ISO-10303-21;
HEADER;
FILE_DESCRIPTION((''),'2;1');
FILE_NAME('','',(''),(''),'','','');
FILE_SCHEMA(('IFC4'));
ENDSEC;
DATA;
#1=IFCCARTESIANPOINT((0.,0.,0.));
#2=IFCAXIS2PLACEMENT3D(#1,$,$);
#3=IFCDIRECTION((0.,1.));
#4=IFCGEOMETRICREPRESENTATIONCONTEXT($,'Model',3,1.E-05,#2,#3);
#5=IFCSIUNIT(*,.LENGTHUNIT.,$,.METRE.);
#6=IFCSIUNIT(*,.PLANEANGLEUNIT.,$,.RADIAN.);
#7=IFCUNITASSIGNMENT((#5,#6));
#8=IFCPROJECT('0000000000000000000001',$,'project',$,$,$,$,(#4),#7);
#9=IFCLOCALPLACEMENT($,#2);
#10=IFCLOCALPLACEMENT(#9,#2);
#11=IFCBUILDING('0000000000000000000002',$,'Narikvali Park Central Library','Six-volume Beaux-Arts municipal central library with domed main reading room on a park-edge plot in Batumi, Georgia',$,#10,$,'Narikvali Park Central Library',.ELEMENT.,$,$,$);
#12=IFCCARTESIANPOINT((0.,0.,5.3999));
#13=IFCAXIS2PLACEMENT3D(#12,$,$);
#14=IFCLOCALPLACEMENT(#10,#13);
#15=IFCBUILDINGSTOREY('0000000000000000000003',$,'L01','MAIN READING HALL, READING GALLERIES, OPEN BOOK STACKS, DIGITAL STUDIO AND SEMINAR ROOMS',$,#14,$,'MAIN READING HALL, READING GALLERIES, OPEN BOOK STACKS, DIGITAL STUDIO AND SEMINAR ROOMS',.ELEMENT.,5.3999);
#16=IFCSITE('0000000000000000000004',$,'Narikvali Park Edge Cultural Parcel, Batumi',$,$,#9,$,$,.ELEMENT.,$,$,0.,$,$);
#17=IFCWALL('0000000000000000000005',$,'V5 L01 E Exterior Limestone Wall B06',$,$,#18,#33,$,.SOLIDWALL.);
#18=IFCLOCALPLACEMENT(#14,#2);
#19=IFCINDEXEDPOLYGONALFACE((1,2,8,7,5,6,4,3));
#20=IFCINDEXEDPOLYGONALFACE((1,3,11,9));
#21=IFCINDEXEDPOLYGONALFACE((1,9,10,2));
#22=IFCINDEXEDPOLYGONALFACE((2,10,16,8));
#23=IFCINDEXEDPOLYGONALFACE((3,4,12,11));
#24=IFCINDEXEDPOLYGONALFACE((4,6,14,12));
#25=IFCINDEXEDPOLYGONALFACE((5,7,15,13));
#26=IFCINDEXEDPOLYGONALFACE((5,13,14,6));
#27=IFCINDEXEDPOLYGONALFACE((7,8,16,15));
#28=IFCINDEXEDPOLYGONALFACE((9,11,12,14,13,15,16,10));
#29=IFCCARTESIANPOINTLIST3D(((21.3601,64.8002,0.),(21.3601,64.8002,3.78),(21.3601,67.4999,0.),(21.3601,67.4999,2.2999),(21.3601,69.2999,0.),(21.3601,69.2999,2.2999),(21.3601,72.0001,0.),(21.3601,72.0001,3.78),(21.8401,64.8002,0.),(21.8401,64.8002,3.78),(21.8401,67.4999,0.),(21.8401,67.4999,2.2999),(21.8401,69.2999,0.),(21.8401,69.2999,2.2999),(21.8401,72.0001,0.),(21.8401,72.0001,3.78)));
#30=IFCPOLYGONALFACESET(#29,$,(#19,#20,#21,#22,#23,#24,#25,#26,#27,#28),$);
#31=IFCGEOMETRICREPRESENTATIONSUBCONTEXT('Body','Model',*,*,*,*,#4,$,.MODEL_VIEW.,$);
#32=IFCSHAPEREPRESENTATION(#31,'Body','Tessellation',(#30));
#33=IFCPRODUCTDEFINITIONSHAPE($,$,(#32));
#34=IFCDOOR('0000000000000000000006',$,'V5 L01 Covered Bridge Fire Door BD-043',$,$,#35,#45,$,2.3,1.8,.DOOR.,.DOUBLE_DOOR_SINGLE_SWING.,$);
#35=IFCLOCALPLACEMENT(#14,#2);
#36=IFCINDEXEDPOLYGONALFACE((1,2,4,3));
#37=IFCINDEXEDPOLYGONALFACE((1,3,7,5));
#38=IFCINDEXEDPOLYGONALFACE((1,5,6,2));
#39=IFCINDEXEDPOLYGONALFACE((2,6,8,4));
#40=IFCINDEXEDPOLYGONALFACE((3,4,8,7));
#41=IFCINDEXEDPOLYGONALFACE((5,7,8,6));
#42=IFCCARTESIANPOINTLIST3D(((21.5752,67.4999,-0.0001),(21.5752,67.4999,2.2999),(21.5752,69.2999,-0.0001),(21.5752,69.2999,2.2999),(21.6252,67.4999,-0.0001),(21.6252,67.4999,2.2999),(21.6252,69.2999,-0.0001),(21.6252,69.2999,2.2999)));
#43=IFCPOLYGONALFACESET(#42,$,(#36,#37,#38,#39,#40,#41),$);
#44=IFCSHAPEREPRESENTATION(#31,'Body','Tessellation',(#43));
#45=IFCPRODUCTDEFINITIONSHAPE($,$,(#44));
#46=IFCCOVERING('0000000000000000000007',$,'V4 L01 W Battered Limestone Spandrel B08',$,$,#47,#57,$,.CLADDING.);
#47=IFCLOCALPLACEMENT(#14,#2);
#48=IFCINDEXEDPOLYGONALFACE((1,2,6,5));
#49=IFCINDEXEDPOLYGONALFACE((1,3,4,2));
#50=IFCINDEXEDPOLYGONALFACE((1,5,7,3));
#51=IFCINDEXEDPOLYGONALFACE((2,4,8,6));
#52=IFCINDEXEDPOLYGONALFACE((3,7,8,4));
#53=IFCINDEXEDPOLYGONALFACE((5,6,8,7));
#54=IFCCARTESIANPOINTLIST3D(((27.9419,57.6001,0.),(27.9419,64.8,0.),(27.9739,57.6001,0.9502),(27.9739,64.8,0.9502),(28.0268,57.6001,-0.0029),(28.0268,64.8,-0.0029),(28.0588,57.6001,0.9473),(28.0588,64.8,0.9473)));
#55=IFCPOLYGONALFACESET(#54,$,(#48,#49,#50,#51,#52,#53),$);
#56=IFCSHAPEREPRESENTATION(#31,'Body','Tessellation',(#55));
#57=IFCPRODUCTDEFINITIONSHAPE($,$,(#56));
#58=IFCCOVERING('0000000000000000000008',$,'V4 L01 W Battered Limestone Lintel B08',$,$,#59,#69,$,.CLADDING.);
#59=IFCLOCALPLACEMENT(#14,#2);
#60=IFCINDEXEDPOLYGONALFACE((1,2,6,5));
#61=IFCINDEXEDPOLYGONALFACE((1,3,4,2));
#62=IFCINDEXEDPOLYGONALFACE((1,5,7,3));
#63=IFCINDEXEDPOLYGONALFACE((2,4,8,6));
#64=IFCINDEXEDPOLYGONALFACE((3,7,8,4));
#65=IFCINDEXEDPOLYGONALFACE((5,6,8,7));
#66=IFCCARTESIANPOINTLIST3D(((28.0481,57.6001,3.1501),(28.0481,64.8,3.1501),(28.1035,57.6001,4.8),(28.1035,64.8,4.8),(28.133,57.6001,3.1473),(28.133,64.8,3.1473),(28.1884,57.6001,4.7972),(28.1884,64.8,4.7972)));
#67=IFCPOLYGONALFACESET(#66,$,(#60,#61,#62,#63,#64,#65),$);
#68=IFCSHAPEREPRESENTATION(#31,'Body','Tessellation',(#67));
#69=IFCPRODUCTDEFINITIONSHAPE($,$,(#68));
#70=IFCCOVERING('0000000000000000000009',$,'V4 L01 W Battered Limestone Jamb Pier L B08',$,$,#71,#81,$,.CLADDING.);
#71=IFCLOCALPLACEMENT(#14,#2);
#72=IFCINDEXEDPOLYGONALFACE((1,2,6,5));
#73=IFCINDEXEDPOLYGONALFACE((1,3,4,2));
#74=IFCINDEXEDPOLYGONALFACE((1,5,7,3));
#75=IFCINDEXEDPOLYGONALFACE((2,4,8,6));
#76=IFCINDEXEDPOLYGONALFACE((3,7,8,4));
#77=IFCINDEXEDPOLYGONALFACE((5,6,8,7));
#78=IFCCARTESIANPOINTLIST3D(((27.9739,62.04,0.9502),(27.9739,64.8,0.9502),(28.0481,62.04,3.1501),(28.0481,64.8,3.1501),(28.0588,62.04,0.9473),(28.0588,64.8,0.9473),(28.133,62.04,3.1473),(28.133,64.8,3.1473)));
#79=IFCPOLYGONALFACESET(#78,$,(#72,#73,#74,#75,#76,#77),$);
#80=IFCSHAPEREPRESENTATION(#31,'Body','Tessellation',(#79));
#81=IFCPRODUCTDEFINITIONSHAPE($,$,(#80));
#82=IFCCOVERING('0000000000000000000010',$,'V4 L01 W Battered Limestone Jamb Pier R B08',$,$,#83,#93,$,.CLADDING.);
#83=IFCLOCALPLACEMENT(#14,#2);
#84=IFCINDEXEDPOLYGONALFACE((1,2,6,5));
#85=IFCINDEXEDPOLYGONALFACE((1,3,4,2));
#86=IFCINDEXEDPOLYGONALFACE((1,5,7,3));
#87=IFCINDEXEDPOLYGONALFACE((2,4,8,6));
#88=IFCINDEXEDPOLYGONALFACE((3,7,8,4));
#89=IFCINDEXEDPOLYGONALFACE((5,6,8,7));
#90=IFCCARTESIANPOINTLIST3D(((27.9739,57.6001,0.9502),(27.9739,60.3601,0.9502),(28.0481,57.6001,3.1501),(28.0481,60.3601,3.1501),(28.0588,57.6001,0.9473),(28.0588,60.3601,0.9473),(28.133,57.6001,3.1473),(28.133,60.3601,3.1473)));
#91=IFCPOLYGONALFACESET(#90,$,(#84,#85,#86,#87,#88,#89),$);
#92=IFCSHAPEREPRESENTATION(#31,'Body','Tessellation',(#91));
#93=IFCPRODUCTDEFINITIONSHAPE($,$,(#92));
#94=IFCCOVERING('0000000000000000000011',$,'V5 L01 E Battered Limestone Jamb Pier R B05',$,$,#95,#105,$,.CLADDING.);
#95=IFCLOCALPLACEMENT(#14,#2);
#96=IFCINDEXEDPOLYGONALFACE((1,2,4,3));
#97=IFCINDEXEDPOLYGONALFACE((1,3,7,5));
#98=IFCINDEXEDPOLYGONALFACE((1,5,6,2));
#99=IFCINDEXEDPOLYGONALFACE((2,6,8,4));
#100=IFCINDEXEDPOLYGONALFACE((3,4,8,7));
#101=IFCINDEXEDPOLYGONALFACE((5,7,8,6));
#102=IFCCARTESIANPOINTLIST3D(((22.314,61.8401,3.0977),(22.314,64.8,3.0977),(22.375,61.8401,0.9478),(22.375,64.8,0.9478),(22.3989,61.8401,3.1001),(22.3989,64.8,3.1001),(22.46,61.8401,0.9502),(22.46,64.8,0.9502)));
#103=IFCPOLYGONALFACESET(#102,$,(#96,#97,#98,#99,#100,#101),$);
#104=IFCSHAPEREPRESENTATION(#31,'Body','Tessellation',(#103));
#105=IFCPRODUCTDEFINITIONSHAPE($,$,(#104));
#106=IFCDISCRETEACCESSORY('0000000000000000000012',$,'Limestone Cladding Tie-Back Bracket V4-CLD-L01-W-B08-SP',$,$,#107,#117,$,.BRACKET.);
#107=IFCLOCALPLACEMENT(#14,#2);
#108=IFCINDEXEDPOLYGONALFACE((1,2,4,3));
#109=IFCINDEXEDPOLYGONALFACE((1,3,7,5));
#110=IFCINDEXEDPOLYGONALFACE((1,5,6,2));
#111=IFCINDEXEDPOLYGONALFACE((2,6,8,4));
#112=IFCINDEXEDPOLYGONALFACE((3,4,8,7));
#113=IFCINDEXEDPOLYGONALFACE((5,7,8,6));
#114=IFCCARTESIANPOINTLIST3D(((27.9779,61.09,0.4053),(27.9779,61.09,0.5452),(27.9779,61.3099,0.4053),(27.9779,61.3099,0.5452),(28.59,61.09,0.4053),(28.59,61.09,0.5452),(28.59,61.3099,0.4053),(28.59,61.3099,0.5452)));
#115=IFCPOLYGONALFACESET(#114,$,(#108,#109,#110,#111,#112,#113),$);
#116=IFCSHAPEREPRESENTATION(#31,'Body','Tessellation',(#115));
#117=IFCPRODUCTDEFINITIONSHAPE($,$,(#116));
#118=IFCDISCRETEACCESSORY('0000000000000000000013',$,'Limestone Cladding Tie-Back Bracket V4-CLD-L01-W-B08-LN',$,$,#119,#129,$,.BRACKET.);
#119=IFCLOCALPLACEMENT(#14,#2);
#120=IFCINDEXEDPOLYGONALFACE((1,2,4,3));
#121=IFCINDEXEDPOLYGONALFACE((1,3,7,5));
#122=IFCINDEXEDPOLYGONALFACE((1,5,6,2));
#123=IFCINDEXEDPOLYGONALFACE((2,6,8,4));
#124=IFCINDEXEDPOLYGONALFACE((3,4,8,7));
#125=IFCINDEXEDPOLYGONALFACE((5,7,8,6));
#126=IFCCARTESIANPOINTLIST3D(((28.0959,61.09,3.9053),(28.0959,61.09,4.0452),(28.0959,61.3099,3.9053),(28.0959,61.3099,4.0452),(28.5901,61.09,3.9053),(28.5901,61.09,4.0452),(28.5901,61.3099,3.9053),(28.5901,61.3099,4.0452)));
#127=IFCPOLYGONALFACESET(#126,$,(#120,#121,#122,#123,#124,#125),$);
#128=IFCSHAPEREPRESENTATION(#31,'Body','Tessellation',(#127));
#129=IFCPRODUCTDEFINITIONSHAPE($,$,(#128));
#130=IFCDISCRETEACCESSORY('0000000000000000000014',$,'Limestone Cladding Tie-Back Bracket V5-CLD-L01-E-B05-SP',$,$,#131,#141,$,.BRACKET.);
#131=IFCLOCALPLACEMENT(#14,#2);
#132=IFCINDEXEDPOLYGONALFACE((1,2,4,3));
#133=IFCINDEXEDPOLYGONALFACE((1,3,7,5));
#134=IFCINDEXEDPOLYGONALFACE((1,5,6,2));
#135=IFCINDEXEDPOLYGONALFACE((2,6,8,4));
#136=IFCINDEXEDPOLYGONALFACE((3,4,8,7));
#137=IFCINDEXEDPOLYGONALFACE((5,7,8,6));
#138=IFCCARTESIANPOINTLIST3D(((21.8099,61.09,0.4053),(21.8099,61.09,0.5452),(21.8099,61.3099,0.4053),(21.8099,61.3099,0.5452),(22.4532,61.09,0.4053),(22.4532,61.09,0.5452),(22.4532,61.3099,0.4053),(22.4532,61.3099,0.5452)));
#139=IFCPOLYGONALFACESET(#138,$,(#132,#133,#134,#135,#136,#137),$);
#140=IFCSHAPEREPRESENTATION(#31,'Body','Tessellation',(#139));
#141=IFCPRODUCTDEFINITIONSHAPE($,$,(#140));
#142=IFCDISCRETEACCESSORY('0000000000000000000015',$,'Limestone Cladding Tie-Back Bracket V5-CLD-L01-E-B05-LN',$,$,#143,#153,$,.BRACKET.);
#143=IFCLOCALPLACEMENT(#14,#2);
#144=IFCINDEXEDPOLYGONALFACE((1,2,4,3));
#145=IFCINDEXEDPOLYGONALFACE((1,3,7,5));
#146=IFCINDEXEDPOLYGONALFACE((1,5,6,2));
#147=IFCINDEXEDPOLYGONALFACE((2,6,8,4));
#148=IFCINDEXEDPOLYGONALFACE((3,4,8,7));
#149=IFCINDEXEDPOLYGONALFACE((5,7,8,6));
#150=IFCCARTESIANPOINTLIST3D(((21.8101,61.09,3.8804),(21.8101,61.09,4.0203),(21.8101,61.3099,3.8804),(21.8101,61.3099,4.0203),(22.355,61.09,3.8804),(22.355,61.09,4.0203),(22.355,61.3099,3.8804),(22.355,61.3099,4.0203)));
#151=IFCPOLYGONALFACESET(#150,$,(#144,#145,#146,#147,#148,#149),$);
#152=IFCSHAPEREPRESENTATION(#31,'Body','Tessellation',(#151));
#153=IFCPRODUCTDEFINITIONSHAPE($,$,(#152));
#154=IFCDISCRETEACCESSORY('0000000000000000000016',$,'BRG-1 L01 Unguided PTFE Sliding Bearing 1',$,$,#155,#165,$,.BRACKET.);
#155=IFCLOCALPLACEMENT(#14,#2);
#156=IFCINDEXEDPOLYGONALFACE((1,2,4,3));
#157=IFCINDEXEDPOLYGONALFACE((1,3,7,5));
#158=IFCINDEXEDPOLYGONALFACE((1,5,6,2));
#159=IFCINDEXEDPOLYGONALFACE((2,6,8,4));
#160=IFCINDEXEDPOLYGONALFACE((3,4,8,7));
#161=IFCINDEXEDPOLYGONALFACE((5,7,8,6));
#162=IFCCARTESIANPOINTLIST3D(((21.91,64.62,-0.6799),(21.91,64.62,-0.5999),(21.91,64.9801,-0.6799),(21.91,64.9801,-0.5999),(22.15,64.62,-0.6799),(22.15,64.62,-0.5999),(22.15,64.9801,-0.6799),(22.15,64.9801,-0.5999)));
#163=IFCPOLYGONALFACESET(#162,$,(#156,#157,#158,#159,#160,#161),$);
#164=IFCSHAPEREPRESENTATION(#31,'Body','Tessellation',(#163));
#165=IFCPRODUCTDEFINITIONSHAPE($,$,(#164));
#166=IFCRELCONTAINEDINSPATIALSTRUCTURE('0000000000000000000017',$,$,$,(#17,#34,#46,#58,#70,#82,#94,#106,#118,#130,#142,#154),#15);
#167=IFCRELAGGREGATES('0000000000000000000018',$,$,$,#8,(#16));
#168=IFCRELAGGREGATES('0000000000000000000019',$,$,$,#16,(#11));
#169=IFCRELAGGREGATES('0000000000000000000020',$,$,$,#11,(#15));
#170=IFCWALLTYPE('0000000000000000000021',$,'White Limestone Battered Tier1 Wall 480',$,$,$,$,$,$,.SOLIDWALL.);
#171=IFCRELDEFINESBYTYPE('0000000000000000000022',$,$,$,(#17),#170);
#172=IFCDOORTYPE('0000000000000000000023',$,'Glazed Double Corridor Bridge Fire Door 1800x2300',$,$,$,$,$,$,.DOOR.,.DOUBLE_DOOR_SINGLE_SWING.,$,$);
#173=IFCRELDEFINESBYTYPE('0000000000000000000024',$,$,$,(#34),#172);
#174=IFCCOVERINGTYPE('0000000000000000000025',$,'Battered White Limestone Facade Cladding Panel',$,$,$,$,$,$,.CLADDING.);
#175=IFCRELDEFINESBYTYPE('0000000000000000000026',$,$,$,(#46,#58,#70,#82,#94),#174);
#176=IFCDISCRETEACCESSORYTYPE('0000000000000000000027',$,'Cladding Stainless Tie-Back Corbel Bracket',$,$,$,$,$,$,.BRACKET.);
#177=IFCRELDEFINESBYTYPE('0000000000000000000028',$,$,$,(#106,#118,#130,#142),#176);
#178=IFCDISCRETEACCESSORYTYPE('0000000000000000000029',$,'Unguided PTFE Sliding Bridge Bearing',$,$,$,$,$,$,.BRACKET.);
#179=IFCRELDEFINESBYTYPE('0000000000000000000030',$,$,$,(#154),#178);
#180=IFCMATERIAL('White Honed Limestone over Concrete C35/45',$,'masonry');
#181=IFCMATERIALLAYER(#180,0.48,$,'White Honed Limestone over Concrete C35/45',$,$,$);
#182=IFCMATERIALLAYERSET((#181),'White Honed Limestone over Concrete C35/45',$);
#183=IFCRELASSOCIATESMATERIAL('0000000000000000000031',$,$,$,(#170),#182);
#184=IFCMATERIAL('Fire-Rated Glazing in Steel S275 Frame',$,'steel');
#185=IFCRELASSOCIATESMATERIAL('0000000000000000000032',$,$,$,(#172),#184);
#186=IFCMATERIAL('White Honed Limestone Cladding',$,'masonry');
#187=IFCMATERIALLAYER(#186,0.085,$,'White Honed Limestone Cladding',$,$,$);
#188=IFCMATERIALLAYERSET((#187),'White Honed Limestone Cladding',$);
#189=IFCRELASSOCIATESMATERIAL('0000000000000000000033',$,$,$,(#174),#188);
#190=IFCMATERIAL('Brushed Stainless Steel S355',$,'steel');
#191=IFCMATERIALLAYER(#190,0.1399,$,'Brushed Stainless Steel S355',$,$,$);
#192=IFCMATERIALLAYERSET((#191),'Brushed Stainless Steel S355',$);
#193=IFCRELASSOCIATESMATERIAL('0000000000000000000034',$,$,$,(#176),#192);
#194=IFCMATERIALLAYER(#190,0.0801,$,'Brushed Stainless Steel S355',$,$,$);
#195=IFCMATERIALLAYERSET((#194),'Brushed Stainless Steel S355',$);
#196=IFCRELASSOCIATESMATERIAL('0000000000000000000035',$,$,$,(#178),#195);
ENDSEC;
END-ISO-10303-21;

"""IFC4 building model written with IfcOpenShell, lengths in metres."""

from ifc_helpers import new_model, si_unit, direction, frame, frame_2d, origin, origin_2d, place, context, subcontext, project, spatial, polyline, rectangle, outline, extrude, material, layer, layer_set, type_object, element, fill, save


model = new_model("IFC4")

# Units and contexts
model_context = context("Model", 3, precision=1e-05, world=origin(), true_north=direction((0.0, 1.0)))
body_context = subcontext(model_context, "Body", "Model", "MODEL_VIEW")
ifc_project = project(units=[si_unit("LENGTHUNIT", "METRE"), si_unit("PLANEANGLEUNIT", "RADIAN")], contexts=[model_context])

# Site, building, storey
site_placement = place(None, origin())
site = spatial("IfcSite", under=ifc_project, at=site_placement, Name="Narikvali Park Edge Cultural Parcel, Batumi", CompositionType="ELEMENT", RefElevation=0.0)
building_placement = place(site_placement, origin())
building = spatial("IfcBuilding", under=site, at=building_placement, Name="Narikvali Park Central Library", Description="Six-volume Beaux-Arts municipal central library with domed main reading room on a park-edge plot in Batumi, Georgia", LongName="Narikvali Park Central Library", CompositionType="ELEMENT")
storey_placement = place(building_placement, frame((0.0, 0.0, 5.3999)))
storey = spatial("IfcBuildingStorey", under=building, at=storey_placement, Name="L01", Description="MAIN READING HALL, READING GALLERIES, OPEN BOOK STACKS, DIGITAL STUDIO AND SEMINAR ROOMS", LongName="MAIN READING HALL, READING GALLERIES, OPEN BOOK STACKS, DIGITAL STUDIO AND SEMINAR ROOMS", CompositionType="ELEMENT", Elevation=5.3999)

# Shared definitions
ifc_material_1 = material(Name="White Honed Limestone over Concrete C35/45", Category="masonry")
ifc_layer_1 = layer(ifc_material_1, 0.48, Name="White Honed Limestone over Concrete C35/45")
ifc_layer_set_1 = layer_set([ifc_layer_1], Name="White Honed Limestone over Concrete C35/45")
wall_type = type_object("IfcWallType", Name="White Limestone Battered Tier1 Wall 480", PredefinedType="SOLIDWALL", material=ifc_layer_set_1)

# Wall, opening, door
wall_1_placement = place(storey_placement, frame((21.6001, 64.8, 0.0), z_axis=(0.0, 0.0, 1.0), x_axis=(0.0, 1.0, 0.0)))
wall_1 = element("IfcWall", 1, at=wall_1_placement, inside=storey, type_object=wall_type, Name="V5 L01 E Exterior Limestone Wall B06", PredefinedType="SOLIDWALL", context=body_context, shape_type="SweptSolid", body=[
    extrude(rectangle(XDim=7.2, YDim=0.48, at=frame_2d((3.6001, 0.0))), origin(), (0.0, 0.0, 1.0), 3.78),
])
opening_1_placement = place(wall_1_placement, frame((2.7, 0.0, 0.0)))
opening_1 = element("IfcOpeningElement", 2, at=opening_1_placement, cuts=wall_1, PredefinedType="OPENING", context=body_context, shape_type="SweptSolid", body=[
    extrude(rectangle(XDim=1.8, YDim=2.3, at=frame_2d((0.8999, 1.1499))), frame((0.0, 0.252, 0.0), z_axis=(0.0, -1.0, 0.0), x_axis=(1.0, 0.0, 0.0)), (0.0, 0.0, 1.0), 0.5039),
])
ifc_material_2 = material(Name="Fire-Rated Glazing in Steel S275 Frame", Category="steel")
door_type = type_object("IfcDoorType", Name="Glazed Double Corridor Bridge Fire Door 1800x2300", OperationType="DOUBLE_DOOR_SINGLE_SWING", PredefinedType="DOOR", material=ifc_material_2)
door_placement = place(opening_1_placement, origin())
door = element("IfcDoor", 3, at=door_placement, inside=storey, type_object=door_type, Name="V5 L01 Covered Bridge Fire Door BD-043", OperationType="DOUBLE_DOOR_SINGLE_SWING", OverallHeight=2.3, OverallWidth=1.8, PredefinedType="DOOR", context=body_context, shape_type="SweptSolid", body=[
    extrude(rectangle(XDim=1.8, YDim=2.3, at=frame_2d((0.8999, 1.1499))), frame((0.0, 0.0249, 0.0), z_axis=(0.0, -1.0, 0.0), x_axis=(1.0, 0.0, 0.0)), (0.0, 0.0, 1.0), 0.05),
])
fill(opening_1, door)

# Coverings
ifc_material_3 = material(Name="White Honed Limestone Cladding", Category="masonry")
ifc_layer_2 = layer(ifc_material_3, 0.085, Name="White Honed Limestone Cladding")
ifc_layer_set_2 = layer_set([ifc_layer_2], Name="White Honed Limestone Cladding")
covering_type = type_object("IfcCoveringType", Name="Battered White Limestone Facade Cladding Panel", PredefinedType="CLADDING", material=ifc_layer_set_2)
covering_1_placement = place(storey_placement, frame((27.9419, 64.8, 0.0), z_axis=(-0.999434, 0.0, 0.03364), x_axis=(0.0, -1.0, 0.0)))
element("IfcCovering", 4, at=covering_1_placement, inside=storey, type_object=covering_type, Name="V4 L01 W Battered Limestone Spandrel B08", PredefinedType="CLADDING", context=body_context, shape_type="SweptSolid", body=[
    extrude(outline(polyline([(0.0, 0.0), (7.2, 0.0), (7.2, 0.9507), (0.0, 0.9507), (0.0, 0.0)])), origin(), (0.0, 0.0, -1.0), 0.085),
])
covering_2_placement = place(storey_placement, frame((28.0481, 64.8, 3.1501), z_axis=(-0.999436, 0.0, 0.033571), x_axis=(0.0, -1.0, 0.0)))
element("IfcCovering", 5, at=covering_2_placement, inside=storey, type_object=covering_type, Name="V4 L01 W Battered Limestone Lintel B08", PredefinedType="CLADDING", context=body_context, shape_type="SweptSolid", body=[
    extrude(outline(polyline([(0.0, 0.0), (7.2, 0.0), (7.2, 1.6508), (0.0, 1.6508), (0.0, 0.0)])), origin(), (0.0, 0.0, -1.0), 0.085),
])
for number, where, z_axis, x_axis, name in (
    (6, (27.9739, 64.8, 0.9502), (-0.999431, 0.0, 0.033717), (0.0, -1.0, 0.0), "V4 L01 W Battered Limestone Jamb Pier L B08"),
    (7, (27.9739, 60.3601, 0.9502), (-0.999431, 0.0, 0.033717), (0.0, -1.0, 0.0), "V4 L01 W Battered Limestone Jamb Pier R B08"),
):
    element("IfcCovering", number, at=place(storey_placement, frame(where, z_axis=z_axis, x_axis=x_axis)), inside=storey, type_object=covering_type, Name=name, PredefinedType="CLADDING", context=body_context, shape_type="SweptSolid", body=[
        extrude(outline(polyline([(0.0, 0.0), (2.76, 0.0), (2.76, 2.2012), (0.0, 2.2012), (0.0, 0.0)])), origin(), (0.0, 0.0, -1.0), 0.085),
    ])
covering_3_placement = place(storey_placement, frame((22.46, 61.8401, 0.9502), z_axis=(0.999597, 0.0, 0.028378), x_axis=(0.0, 1.0, 0.0)))
element("IfcCovering", 8, at=covering_3_placement, inside=storey, type_object=covering_type, Name="V5 L01 E Battered Limestone Jamb Pier R B05", PredefinedType="CLADDING", context=body_context, shape_type="SweptSolid", body=[
    extrude(outline(polyline([(0.0, 0.0), (2.96, 0.0), (2.96, 2.1508), (0.0, 2.1508), (0.0, 0.0)])), origin(), (0.0, 0.0, -1.0), 0.085),
])

# Discrete accessories
ifc_material_4 = material(Name="Brushed Stainless Steel S355", Category="steel")
ifc_layer_3 = layer(ifc_material_4, 0.1399, Name="Brushed Stainless Steel S355")
ifc_layer_set_3 = layer_set([ifc_layer_3], Name="Brushed Stainless Steel S355")
discrete_accessory_type_1 = type_object("IfcDiscreteAccessoryType", Name="Cladding Stainless Tie-Back Corbel Bracket", PredefinedType="BRACKET", material=ifc_layer_set_3)
discrete_accessory_1_placement = place(storey_placement, frame((28.2839, 61.2, 0.4053), z_axis=(0.0, 0.0, 1.0), x_axis=(1.0, 0.0, 0.0)))
element("IfcDiscreteAccessory", 9, at=discrete_accessory_1_placement, inside=storey, type_object=discrete_accessory_type_1, Name="Limestone Cladding Tie-Back Bracket V4-CLD-L01-W-B08-SP", PredefinedType="BRACKET", context=body_context, shape_type="SweptSolid", body=[
    extrude(rectangle(XDim=0.6121, YDim=0.22, at=origin_2d()), origin(), (0.0, 0.0, 1.0), 0.1399),
])
discrete_accessory_2_placement = place(storey_placement, frame((28.343, 61.2, 3.9053), z_axis=(0.0, 0.0, 1.0), x_axis=(1.0, 0.0, 0.0)))
element("IfcDiscreteAccessory", 10, at=discrete_accessory_2_placement, inside=storey, type_object=discrete_accessory_type_1, Name="Limestone Cladding Tie-Back Bracket V4-CLD-L01-W-B08-LN", PredefinedType="BRACKET", context=body_context, shape_type="SweptSolid", body=[
    extrude(rectangle(XDim=0.4941, YDim=0.22, at=origin_2d()), origin(), (0.0, 0.0, 1.0), 0.1399),
])
discrete_accessory_3_placement = place(storey_placement, frame((22.1316, 61.2, 0.4053), z_axis=(0.0, 0.0, 1.0), x_axis=(1.0, 0.0, 0.0)))
element("IfcDiscreteAccessory", 11, at=discrete_accessory_3_placement, inside=storey, type_object=discrete_accessory_type_1, Name="Limestone Cladding Tie-Back Bracket V5-CLD-L01-E-B05-SP", PredefinedType="BRACKET", context=body_context, shape_type="SweptSolid", body=[
    extrude(rectangle(XDim=0.6433, YDim=0.22, at=origin_2d()), origin(), (0.0, 0.0, 1.0), 0.1399),
])
discrete_accessory_4_placement = place(storey_placement, frame((22.0825, 61.2, 3.8804), z_axis=(0.0, 0.0, 1.0), x_axis=(1.0, 0.0, 0.0)))
element("IfcDiscreteAccessory", 12, at=discrete_accessory_4_placement, inside=storey, type_object=discrete_accessory_type_1, Name="Limestone Cladding Tie-Back Bracket V5-CLD-L01-E-B05-LN", PredefinedType="BRACKET", context=body_context, shape_type="SweptSolid", body=[
    extrude(rectangle(XDim=0.5449, YDim=0.22, at=origin_2d()), origin(), (0.0, 0.0, 1.0), 0.1399),
])
ifc_layer_4 = layer(ifc_material_4, 0.0801, Name="Brushed Stainless Steel S355")
ifc_layer_set_4 = layer_set([ifc_layer_4], Name="Brushed Stainless Steel S355")
discrete_accessory_type_2 = type_object("IfcDiscreteAccessoryType", Name="Unguided PTFE Sliding Bridge Bearing", PredefinedType="BRACKET", material=ifc_layer_set_4)
discrete_accessory_5_placement = place(storey_placement, frame((22.03, 64.8, -0.6799), z_axis=(0.0, 0.0, 1.0), x_axis=(1.0, 0.0, 0.0)))
element("IfcDiscreteAccessory", 13, at=discrete_accessory_5_placement, inside=storey, type_object=discrete_accessory_type_2, Name="BRG-1 L01 Unguided PTFE Sliding Bearing 1", PredefinedType="BRACKET", context=body_context, shape_type="SweptSolid", body=[
    extrude(rectangle(XDim=0.24, YDim=0.3601, at=origin_2d()), origin(), (0.0, 0.0, 1.0), 0.0801),
])

save(model, "model.ifc")
